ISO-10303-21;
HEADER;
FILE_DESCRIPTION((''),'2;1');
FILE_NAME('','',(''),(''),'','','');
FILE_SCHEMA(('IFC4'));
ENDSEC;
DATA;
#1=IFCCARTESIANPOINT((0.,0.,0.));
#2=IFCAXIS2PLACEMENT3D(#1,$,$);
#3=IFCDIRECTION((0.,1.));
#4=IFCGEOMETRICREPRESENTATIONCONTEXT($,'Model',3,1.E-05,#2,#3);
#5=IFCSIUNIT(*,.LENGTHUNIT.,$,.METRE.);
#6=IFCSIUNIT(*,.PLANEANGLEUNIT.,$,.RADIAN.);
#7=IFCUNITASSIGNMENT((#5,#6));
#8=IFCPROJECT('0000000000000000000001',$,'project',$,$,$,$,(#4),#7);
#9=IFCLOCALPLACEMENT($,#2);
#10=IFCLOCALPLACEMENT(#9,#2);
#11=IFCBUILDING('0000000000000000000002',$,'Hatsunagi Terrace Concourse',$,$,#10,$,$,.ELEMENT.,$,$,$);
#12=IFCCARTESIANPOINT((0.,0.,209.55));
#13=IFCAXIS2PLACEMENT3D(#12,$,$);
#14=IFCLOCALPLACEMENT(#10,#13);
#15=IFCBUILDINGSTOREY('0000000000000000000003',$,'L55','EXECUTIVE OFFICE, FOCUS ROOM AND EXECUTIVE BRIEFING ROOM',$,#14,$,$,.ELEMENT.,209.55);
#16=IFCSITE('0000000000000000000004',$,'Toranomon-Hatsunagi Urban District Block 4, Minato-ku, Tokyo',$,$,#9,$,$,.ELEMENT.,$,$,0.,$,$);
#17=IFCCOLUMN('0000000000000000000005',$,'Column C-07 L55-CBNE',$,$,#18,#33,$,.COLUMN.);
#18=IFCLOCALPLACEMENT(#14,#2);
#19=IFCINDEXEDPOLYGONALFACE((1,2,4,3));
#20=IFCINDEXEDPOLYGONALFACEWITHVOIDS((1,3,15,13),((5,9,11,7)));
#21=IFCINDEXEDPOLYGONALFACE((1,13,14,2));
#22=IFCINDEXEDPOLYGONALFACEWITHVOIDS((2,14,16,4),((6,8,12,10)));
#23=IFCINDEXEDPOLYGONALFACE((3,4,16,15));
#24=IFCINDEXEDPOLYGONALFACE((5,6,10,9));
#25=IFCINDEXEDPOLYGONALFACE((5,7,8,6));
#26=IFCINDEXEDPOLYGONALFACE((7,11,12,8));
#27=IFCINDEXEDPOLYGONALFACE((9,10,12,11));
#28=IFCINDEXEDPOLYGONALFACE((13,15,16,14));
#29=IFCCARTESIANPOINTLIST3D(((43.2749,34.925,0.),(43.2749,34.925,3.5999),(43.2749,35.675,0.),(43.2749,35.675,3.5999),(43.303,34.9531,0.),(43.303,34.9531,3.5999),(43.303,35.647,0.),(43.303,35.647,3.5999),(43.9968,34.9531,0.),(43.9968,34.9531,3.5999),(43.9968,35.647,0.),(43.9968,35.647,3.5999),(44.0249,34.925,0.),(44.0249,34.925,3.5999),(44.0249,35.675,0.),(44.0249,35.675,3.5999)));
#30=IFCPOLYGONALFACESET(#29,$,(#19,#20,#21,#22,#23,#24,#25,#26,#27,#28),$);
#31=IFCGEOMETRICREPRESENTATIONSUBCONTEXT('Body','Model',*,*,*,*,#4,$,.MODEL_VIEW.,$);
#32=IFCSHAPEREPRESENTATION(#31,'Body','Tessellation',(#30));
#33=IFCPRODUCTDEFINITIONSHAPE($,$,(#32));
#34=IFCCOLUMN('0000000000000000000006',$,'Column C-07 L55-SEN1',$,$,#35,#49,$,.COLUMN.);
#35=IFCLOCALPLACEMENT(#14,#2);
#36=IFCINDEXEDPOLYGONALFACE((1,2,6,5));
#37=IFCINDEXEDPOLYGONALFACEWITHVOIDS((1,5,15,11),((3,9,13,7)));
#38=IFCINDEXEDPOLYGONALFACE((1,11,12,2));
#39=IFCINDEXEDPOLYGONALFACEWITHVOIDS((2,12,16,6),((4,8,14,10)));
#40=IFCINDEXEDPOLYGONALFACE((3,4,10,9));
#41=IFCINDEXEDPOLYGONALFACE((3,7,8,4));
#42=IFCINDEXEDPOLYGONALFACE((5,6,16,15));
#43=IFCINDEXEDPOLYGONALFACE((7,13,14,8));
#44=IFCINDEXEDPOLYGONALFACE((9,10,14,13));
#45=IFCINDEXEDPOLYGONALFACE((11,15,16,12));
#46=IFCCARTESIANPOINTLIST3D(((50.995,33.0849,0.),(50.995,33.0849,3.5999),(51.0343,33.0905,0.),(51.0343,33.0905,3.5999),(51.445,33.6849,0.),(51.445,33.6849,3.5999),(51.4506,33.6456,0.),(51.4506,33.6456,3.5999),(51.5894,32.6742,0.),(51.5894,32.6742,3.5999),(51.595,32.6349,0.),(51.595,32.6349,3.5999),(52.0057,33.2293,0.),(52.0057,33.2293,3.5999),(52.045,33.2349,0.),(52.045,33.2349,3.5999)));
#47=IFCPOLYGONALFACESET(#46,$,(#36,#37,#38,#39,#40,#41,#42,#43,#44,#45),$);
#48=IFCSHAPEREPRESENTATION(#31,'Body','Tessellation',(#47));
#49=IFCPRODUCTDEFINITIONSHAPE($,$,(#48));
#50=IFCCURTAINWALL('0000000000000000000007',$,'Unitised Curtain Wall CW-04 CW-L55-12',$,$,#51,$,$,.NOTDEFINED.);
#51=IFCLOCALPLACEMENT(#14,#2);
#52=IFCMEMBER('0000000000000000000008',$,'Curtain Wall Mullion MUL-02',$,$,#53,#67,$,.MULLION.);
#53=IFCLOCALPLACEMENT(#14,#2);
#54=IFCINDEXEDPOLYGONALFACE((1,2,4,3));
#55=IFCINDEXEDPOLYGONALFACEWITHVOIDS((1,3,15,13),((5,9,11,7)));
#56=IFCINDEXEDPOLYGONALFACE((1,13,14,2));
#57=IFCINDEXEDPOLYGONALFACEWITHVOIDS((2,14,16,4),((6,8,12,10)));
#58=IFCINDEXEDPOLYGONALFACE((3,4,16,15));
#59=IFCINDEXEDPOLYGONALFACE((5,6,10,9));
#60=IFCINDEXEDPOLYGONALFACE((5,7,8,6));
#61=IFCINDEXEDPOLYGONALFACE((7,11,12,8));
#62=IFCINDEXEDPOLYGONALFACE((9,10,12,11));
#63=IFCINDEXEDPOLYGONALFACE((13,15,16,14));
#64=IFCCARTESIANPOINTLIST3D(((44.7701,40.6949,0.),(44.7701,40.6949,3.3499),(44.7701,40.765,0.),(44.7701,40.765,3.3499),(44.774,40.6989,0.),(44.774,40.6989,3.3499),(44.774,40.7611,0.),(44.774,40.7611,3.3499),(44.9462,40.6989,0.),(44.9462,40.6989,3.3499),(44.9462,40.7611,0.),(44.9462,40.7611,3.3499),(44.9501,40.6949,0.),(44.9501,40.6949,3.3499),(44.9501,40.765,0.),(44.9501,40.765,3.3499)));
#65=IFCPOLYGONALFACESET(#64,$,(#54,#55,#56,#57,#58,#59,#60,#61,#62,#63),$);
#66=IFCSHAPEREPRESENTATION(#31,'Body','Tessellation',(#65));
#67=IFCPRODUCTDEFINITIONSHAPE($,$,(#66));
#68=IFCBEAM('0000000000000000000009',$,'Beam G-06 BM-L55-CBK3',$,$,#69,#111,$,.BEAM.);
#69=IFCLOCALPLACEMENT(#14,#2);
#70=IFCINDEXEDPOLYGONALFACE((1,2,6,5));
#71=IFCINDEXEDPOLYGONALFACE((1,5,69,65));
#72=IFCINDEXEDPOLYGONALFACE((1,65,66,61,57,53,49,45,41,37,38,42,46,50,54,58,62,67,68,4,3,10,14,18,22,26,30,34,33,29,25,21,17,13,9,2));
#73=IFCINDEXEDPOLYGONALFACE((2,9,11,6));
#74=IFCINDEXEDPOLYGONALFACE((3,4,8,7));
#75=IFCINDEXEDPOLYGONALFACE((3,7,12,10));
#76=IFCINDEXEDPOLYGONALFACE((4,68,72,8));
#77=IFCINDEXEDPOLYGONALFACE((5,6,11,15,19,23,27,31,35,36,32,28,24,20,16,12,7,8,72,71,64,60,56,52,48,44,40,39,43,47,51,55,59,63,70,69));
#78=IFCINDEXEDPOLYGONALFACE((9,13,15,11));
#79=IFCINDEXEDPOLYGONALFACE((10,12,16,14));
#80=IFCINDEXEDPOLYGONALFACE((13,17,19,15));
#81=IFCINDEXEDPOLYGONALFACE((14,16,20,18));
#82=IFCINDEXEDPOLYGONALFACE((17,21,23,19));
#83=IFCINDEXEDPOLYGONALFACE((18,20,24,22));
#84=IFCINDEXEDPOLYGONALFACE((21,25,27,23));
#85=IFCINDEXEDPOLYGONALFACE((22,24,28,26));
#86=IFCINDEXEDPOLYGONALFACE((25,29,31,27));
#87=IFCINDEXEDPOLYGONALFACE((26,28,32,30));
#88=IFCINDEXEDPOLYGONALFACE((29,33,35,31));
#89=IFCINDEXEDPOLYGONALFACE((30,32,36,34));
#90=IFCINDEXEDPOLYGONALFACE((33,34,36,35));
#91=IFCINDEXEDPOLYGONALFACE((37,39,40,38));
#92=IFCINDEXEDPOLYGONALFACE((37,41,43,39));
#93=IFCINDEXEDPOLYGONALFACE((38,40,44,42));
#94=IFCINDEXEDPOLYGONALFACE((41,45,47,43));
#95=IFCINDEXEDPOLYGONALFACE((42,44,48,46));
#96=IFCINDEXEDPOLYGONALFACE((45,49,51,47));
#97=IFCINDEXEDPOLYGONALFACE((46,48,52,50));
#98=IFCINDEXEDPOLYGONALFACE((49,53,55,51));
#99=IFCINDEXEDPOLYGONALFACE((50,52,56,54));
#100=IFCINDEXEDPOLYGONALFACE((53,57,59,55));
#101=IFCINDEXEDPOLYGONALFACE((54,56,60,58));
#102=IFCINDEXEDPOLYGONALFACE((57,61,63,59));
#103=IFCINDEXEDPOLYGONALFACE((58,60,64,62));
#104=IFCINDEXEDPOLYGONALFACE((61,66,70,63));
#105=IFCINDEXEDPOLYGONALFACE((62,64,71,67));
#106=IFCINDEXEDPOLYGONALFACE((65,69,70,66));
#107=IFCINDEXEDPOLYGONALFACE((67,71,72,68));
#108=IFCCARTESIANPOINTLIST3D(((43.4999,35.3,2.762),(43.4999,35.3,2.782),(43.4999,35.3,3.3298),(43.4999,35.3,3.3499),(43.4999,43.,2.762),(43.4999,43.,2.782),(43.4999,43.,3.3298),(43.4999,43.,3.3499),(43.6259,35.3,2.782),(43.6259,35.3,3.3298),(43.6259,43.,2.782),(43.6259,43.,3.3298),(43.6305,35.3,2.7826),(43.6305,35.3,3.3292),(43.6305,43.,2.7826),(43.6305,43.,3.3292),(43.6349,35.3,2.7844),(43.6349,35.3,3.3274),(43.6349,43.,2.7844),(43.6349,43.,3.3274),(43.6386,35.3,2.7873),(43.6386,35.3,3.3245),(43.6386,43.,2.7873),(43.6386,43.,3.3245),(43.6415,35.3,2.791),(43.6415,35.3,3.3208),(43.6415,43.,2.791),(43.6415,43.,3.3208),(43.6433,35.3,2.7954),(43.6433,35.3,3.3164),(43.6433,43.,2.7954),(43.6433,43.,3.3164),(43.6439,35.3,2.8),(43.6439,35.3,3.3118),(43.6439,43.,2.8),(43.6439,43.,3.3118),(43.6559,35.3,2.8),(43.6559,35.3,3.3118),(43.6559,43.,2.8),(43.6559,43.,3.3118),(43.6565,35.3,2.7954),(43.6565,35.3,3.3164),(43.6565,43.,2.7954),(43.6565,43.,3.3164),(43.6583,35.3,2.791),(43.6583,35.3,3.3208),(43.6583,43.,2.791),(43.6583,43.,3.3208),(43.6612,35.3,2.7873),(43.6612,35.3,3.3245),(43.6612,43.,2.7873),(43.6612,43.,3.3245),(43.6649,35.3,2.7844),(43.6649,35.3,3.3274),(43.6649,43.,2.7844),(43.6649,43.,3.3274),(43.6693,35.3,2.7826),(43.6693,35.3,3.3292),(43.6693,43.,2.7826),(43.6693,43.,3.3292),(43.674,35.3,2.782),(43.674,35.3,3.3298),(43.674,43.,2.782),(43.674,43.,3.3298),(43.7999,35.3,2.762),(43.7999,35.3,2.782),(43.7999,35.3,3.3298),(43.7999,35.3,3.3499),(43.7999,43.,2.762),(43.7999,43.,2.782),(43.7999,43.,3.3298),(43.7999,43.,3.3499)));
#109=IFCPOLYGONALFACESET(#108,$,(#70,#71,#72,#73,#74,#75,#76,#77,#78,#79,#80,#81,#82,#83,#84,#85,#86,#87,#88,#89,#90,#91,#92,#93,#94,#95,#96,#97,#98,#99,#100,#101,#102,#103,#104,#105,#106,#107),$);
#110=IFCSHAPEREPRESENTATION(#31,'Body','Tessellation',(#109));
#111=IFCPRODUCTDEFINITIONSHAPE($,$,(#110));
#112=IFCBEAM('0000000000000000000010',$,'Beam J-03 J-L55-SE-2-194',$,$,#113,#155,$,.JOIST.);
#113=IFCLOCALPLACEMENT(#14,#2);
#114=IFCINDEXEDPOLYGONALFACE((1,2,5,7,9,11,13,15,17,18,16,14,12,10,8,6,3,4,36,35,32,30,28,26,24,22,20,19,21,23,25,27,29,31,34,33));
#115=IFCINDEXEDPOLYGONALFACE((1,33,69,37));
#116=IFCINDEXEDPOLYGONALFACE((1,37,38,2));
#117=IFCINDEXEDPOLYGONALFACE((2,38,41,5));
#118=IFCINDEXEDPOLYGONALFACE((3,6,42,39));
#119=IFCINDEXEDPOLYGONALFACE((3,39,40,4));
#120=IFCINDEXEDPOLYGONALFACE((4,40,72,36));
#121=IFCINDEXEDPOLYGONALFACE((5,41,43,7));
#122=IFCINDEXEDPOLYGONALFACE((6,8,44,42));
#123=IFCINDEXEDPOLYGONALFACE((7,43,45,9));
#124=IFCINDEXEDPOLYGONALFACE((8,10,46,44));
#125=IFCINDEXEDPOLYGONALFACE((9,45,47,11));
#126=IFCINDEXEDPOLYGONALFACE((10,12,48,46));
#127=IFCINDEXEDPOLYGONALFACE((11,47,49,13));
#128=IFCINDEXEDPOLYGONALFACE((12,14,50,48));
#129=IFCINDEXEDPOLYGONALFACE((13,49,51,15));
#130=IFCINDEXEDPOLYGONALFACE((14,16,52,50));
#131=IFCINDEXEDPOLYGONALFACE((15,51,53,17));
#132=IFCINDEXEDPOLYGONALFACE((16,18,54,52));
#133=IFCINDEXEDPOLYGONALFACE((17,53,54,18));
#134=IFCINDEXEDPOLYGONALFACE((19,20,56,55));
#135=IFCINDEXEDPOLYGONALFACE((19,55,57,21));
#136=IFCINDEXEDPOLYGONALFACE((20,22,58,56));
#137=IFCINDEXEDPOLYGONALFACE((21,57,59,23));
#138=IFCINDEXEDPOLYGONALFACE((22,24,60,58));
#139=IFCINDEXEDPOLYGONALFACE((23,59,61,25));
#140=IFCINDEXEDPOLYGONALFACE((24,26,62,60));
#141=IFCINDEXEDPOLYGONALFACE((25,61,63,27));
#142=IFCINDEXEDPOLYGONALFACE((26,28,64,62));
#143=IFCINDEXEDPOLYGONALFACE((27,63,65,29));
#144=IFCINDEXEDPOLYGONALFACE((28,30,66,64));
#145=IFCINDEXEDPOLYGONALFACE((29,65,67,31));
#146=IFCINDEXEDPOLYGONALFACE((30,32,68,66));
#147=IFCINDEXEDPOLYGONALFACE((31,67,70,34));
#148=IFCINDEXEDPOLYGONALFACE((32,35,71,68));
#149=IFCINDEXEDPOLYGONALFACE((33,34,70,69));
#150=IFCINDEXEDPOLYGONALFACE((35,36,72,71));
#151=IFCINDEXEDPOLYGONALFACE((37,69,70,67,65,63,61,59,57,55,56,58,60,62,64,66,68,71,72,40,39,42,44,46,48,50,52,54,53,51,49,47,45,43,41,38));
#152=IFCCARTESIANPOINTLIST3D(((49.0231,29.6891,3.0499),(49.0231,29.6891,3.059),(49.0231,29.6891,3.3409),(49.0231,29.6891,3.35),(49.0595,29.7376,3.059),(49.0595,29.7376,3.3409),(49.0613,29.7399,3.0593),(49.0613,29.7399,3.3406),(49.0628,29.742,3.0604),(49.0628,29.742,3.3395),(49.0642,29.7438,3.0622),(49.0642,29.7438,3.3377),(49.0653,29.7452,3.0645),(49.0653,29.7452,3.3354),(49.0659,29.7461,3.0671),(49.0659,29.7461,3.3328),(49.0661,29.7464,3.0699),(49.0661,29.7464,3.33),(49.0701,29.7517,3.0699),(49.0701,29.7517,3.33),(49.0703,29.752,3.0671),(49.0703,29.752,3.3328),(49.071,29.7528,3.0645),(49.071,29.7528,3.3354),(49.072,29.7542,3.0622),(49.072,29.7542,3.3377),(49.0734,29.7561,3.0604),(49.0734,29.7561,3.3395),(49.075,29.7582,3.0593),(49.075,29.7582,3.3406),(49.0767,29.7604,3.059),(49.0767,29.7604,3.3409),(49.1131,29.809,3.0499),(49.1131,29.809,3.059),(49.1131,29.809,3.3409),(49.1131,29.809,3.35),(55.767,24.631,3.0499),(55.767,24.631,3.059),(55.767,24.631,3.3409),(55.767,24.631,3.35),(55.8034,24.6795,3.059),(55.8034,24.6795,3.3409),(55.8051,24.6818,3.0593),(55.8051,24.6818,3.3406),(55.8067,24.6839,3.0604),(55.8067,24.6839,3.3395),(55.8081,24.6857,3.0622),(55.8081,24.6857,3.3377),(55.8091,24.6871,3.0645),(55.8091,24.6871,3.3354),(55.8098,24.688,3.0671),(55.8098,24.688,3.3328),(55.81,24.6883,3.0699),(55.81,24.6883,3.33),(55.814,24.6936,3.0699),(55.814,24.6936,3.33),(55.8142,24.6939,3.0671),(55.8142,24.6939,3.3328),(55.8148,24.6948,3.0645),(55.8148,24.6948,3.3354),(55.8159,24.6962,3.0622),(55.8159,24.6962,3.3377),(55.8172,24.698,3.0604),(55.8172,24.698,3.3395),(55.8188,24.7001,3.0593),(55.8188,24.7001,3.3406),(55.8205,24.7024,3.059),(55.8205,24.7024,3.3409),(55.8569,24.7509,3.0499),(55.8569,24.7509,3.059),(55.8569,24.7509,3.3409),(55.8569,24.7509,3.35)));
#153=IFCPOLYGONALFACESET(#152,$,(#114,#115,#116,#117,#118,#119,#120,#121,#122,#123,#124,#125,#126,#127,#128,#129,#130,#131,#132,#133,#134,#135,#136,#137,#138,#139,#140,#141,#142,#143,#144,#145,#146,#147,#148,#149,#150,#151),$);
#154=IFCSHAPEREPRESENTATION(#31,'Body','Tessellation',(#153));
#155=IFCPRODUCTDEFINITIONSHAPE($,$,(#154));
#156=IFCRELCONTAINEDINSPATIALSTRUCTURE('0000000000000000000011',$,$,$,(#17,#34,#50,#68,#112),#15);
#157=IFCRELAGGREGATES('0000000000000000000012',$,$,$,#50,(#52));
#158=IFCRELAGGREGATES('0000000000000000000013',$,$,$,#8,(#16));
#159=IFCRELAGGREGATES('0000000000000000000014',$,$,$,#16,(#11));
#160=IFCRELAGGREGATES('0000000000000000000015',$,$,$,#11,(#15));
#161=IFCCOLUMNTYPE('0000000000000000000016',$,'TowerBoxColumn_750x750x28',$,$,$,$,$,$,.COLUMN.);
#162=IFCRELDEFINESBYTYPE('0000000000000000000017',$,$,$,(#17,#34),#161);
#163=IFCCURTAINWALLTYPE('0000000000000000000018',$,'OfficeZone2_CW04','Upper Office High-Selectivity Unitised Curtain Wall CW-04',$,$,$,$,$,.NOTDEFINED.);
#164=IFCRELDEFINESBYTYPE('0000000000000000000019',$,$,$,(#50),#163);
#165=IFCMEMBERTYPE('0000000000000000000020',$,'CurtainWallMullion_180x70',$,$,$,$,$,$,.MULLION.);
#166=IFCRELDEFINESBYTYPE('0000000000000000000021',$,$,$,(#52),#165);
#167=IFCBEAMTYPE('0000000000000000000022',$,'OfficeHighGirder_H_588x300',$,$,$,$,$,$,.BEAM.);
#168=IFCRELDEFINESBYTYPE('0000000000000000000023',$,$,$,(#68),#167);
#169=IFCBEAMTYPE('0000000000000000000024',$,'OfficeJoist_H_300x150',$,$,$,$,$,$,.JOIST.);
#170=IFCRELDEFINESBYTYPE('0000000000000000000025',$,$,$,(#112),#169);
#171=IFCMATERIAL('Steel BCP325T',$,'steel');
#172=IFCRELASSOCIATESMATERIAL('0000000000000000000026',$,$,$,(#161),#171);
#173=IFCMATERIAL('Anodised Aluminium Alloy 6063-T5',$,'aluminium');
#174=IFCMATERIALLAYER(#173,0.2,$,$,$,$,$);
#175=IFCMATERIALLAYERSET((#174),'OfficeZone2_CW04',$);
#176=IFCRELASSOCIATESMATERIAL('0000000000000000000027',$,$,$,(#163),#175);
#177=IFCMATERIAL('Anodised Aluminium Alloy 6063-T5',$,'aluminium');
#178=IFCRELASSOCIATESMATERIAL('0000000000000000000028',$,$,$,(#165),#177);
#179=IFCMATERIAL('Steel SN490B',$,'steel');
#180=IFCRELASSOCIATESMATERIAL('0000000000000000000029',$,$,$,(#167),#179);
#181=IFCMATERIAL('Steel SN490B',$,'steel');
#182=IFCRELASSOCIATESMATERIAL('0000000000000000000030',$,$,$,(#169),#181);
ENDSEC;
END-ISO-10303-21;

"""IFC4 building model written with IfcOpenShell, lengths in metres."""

from ifc_helpers import new_model, si_unit, direction, frame, origin, origin_2d, place, context, subcontext, project, spatial, hollow_rectangle, i_section, extrude, material, layer, layer_set, material_profile, profile_set, type_object, element, aggregate, save


model = new_model("IFC4")

# Units and contexts
model_context = context("Model", 3, precision=1e-05, world=origin(), true_north=direction((0.0, 1.0)))
body_context = subcontext(model_context, "Body", "Model", "MODEL_VIEW")
ifc_project = project(units=[si_unit("LENGTHUNIT", "METRE"), si_unit("PLANEANGLEUNIT", "RADIAN")], contexts=[model_context])

# Site, building, storey
site_placement = place(None, origin())
site = spatial("IfcSite", under=ifc_project, at=site_placement, Name="Toranomon-Hatsunagi Urban District Block 4, Minato-ku, Tokyo", CompositionType="ELEMENT", RefElevation=0.0)
building_placement = place(site_placement, origin())
building = spatial("IfcBuilding", under=site, at=building_placement, Name="Hatsunagi Terrace Concourse", CompositionType="ELEMENT")
storey_placement = place(building_placement, frame((0.0, 0.0, 209.55)))
storey = spatial("IfcBuildingStorey", under=building, at=storey_placement, Name="L55", Description="EXECUTIVE OFFICE, FOCUS ROOM AND EXECUTIVE BRIEFING ROOM", CompositionType="ELEMENT", Elevation=209.55)

# Columns
ifc_material_1 = material(Name="Steel BCP325T", Category="steel")
ifc_material_profile_1 = material_profile(ifc_material_1, hollow_rectangle(XDim=0.75, YDim=0.75, WallThickness=0.0281, at=origin_2d()), Name="BCP-750x750x28")
ifc_profile_set_1 = profile_set([ifc_material_profile_1], Name="Steel BCP325T")
column_type = type_object("IfcColumnType", Name="TowerBoxColumn_750x750x28", PredefinedType="COLUMN", material=ifc_profile_set_1)
for number, where, z_axis, x_axis, name in (
    (1, (43.6499, 35.3, 0.0), (0.0, 0.0, 1.0), (1.0, 0.0, 0.0), "Column C-07 L55-CBNE"),
    (2, (51.52, 33.1599, 0.0), (0.0, 0.0, 1.0), (0.8, -0.6, 0.0), "Column C-07 L55-SEN1"),
):
    element("IfcColumn", number, at=place(storey_placement, frame(where, z_axis=z_axis, x_axis=x_axis)), inside=storey, type_object=column_type, Name=name, PredefinedType="COLUMN", context=body_context, shape_type="SweptSolid", body=[
        extrude(hollow_rectangle(XDim=0.75, YDim=0.75, WallThickness=0.0281, at=origin_2d()), origin(), (0.0, 0.0, 1.0), 3.5999),
    ])

# Curtain wall, member
ifc_material_2 = material(Name="Anodised Aluminium Alloy 6063-T5", Category="aluminium")
ifc_layer_1 = layer(ifc_material_2, 0.2)
ifc_layer_set_1 = layer_set([ifc_layer_1], Name="OfficeZone2_CW04")
curtain_wall_type = type_object("IfcCurtainWallType", Name="OfficeZone2_CW04", Description="Upper Office High-Selectivity Unitised Curtain Wall CW-04", PredefinedType="NOTDEFINED", material=ifc_layer_set_1)
curtain_wall_placement = place(storey_placement, origin())
curtain_wall = element("IfcCurtainWall", 3, at=curtain_wall_placement, inside=storey, type_object=curtain_wall_type, Name="Unitised Curtain Wall CW-04 CW-L55-12", PredefinedType="NOTDEFINED")
ifc_material_3 = material(Name="Anodised Aluminium Alloy 6063-T5", Category="aluminium")
ifc_material_profile_2 = material_profile(ifc_material_3, hollow_rectangle(XDim=0.0701, YDim=0.1799, WallThickness=0.0039, at=origin_2d()), Name="ALU-MUL-180x70x4")
ifc_profile_set_2 = profile_set([ifc_material_profile_2], Name="Anodised Aluminium Alloy 6063-T5")
member_type = type_object("IfcMemberType", Name="CurtainWallMullion_180x70", PredefinedType="MULLION", material=ifc_profile_set_2)
member_placement = place(storey_placement, frame((44.8601, 40.73, 0.0), z_axis=(0.0, 0.0, 1.0), x_axis=(0.0, -1.0, 0.0)))
member = element("IfcMember", 4, at=member_placement, type_object=member_type, Name="Curtain Wall Mullion MUL-02", PredefinedType="MULLION", context=body_context, shape_type="SweptSolid", body=[
    extrude(hollow_rectangle(XDim=0.0701, YDim=0.1799, WallThickness=0.0039, at=origin_2d()), origin(), (0.0, 0.0, 1.0), 3.3499),
])
aggregate(curtain_wall, [member])

# Beams
ifc_material_4 = material(Name="Steel SN490B", Category="steel")
ifc_material_profile_3 = material_profile(ifc_material_4, i_section(OverallWidth=0.3, OverallDepth=0.5879, WebThickness=0.012, FlangeThickness=0.02, FilletRadius=0.0181, at=origin_2d()), Name="H-588x300x12x20")
ifc_profile_set_3 = profile_set([ifc_material_profile_3], Name="Steel SN490B")
beam_type_1 = type_object("IfcBeamType", Name="OfficeHighGirder_H_588x300", PredefinedType="BEAM", material=ifc_profile_set_3)
beam_1_placement = place(storey_placement, frame((43.6499, 35.3, 3.0559), z_axis=(0.0, 1.0, 0.0), x_axis=(-1.0, 0.0, 0.0)))
element("IfcBeam", 5, at=beam_1_placement, inside=storey, type_object=beam_type_1, Name="Beam G-06 BM-L55-CBK3", PredefinedType="BEAM", context=body_context, shape_type="SweptSolid", body=[
    extrude(i_section(OverallWidth=0.3, OverallDepth=0.5879, WebThickness=0.012, FlangeThickness=0.02, FilletRadius=0.0181, at=origin_2d()), origin(), (0.0, 0.0, 1.0), 7.7),
])
ifc_material_5 = material(Name="Steel SN490B", Category="steel")
ifc_material_profile_4 = material_profile(ifc_material_5, i_section(OverallWidth=0.1499, OverallDepth=0.3, WebThickness=0.0066, FlangeThickness=0.009, FilletRadius=0.011, at=origin_2d()), Name="H-300x150x6.5x9")
ifc_profile_set_4 = profile_set([ifc_material_profile_4], Name="Steel SN490B")
beam_type_2 = type_object("IfcBeamType", Name="OfficeJoist_H_300x150", PredefinedType="JOIST", material=ifc_profile_set_4)
for number, where, z_axis, x_axis, name in (
    (6, (49.0681, 29.749, 3.2), (0.79999, -0.600014, 0.0), (0.600014, 0.79999, 0.0), "Beam J-03 J-L55-SE-2-194"),
):
    element("IfcBeam", number, at=place(storey_placement, frame(where, z_axis=z_axis, x_axis=x_axis)), inside=storey, type_object=beam_type_2, Name=name, PredefinedType="JOIST", context=body_context, shape_type="SweptSolid", body=[
        extrude(i_section(OverallWidth=0.1499, OverallDepth=0.3, WebThickness=0.0066, FlangeThickness=0.009, FilletRadius=0.011, at=origin_2d()), origin(), (0.0, 0.0, 1.0), 8.4299),
    ])

save(model, "model.ifc")
